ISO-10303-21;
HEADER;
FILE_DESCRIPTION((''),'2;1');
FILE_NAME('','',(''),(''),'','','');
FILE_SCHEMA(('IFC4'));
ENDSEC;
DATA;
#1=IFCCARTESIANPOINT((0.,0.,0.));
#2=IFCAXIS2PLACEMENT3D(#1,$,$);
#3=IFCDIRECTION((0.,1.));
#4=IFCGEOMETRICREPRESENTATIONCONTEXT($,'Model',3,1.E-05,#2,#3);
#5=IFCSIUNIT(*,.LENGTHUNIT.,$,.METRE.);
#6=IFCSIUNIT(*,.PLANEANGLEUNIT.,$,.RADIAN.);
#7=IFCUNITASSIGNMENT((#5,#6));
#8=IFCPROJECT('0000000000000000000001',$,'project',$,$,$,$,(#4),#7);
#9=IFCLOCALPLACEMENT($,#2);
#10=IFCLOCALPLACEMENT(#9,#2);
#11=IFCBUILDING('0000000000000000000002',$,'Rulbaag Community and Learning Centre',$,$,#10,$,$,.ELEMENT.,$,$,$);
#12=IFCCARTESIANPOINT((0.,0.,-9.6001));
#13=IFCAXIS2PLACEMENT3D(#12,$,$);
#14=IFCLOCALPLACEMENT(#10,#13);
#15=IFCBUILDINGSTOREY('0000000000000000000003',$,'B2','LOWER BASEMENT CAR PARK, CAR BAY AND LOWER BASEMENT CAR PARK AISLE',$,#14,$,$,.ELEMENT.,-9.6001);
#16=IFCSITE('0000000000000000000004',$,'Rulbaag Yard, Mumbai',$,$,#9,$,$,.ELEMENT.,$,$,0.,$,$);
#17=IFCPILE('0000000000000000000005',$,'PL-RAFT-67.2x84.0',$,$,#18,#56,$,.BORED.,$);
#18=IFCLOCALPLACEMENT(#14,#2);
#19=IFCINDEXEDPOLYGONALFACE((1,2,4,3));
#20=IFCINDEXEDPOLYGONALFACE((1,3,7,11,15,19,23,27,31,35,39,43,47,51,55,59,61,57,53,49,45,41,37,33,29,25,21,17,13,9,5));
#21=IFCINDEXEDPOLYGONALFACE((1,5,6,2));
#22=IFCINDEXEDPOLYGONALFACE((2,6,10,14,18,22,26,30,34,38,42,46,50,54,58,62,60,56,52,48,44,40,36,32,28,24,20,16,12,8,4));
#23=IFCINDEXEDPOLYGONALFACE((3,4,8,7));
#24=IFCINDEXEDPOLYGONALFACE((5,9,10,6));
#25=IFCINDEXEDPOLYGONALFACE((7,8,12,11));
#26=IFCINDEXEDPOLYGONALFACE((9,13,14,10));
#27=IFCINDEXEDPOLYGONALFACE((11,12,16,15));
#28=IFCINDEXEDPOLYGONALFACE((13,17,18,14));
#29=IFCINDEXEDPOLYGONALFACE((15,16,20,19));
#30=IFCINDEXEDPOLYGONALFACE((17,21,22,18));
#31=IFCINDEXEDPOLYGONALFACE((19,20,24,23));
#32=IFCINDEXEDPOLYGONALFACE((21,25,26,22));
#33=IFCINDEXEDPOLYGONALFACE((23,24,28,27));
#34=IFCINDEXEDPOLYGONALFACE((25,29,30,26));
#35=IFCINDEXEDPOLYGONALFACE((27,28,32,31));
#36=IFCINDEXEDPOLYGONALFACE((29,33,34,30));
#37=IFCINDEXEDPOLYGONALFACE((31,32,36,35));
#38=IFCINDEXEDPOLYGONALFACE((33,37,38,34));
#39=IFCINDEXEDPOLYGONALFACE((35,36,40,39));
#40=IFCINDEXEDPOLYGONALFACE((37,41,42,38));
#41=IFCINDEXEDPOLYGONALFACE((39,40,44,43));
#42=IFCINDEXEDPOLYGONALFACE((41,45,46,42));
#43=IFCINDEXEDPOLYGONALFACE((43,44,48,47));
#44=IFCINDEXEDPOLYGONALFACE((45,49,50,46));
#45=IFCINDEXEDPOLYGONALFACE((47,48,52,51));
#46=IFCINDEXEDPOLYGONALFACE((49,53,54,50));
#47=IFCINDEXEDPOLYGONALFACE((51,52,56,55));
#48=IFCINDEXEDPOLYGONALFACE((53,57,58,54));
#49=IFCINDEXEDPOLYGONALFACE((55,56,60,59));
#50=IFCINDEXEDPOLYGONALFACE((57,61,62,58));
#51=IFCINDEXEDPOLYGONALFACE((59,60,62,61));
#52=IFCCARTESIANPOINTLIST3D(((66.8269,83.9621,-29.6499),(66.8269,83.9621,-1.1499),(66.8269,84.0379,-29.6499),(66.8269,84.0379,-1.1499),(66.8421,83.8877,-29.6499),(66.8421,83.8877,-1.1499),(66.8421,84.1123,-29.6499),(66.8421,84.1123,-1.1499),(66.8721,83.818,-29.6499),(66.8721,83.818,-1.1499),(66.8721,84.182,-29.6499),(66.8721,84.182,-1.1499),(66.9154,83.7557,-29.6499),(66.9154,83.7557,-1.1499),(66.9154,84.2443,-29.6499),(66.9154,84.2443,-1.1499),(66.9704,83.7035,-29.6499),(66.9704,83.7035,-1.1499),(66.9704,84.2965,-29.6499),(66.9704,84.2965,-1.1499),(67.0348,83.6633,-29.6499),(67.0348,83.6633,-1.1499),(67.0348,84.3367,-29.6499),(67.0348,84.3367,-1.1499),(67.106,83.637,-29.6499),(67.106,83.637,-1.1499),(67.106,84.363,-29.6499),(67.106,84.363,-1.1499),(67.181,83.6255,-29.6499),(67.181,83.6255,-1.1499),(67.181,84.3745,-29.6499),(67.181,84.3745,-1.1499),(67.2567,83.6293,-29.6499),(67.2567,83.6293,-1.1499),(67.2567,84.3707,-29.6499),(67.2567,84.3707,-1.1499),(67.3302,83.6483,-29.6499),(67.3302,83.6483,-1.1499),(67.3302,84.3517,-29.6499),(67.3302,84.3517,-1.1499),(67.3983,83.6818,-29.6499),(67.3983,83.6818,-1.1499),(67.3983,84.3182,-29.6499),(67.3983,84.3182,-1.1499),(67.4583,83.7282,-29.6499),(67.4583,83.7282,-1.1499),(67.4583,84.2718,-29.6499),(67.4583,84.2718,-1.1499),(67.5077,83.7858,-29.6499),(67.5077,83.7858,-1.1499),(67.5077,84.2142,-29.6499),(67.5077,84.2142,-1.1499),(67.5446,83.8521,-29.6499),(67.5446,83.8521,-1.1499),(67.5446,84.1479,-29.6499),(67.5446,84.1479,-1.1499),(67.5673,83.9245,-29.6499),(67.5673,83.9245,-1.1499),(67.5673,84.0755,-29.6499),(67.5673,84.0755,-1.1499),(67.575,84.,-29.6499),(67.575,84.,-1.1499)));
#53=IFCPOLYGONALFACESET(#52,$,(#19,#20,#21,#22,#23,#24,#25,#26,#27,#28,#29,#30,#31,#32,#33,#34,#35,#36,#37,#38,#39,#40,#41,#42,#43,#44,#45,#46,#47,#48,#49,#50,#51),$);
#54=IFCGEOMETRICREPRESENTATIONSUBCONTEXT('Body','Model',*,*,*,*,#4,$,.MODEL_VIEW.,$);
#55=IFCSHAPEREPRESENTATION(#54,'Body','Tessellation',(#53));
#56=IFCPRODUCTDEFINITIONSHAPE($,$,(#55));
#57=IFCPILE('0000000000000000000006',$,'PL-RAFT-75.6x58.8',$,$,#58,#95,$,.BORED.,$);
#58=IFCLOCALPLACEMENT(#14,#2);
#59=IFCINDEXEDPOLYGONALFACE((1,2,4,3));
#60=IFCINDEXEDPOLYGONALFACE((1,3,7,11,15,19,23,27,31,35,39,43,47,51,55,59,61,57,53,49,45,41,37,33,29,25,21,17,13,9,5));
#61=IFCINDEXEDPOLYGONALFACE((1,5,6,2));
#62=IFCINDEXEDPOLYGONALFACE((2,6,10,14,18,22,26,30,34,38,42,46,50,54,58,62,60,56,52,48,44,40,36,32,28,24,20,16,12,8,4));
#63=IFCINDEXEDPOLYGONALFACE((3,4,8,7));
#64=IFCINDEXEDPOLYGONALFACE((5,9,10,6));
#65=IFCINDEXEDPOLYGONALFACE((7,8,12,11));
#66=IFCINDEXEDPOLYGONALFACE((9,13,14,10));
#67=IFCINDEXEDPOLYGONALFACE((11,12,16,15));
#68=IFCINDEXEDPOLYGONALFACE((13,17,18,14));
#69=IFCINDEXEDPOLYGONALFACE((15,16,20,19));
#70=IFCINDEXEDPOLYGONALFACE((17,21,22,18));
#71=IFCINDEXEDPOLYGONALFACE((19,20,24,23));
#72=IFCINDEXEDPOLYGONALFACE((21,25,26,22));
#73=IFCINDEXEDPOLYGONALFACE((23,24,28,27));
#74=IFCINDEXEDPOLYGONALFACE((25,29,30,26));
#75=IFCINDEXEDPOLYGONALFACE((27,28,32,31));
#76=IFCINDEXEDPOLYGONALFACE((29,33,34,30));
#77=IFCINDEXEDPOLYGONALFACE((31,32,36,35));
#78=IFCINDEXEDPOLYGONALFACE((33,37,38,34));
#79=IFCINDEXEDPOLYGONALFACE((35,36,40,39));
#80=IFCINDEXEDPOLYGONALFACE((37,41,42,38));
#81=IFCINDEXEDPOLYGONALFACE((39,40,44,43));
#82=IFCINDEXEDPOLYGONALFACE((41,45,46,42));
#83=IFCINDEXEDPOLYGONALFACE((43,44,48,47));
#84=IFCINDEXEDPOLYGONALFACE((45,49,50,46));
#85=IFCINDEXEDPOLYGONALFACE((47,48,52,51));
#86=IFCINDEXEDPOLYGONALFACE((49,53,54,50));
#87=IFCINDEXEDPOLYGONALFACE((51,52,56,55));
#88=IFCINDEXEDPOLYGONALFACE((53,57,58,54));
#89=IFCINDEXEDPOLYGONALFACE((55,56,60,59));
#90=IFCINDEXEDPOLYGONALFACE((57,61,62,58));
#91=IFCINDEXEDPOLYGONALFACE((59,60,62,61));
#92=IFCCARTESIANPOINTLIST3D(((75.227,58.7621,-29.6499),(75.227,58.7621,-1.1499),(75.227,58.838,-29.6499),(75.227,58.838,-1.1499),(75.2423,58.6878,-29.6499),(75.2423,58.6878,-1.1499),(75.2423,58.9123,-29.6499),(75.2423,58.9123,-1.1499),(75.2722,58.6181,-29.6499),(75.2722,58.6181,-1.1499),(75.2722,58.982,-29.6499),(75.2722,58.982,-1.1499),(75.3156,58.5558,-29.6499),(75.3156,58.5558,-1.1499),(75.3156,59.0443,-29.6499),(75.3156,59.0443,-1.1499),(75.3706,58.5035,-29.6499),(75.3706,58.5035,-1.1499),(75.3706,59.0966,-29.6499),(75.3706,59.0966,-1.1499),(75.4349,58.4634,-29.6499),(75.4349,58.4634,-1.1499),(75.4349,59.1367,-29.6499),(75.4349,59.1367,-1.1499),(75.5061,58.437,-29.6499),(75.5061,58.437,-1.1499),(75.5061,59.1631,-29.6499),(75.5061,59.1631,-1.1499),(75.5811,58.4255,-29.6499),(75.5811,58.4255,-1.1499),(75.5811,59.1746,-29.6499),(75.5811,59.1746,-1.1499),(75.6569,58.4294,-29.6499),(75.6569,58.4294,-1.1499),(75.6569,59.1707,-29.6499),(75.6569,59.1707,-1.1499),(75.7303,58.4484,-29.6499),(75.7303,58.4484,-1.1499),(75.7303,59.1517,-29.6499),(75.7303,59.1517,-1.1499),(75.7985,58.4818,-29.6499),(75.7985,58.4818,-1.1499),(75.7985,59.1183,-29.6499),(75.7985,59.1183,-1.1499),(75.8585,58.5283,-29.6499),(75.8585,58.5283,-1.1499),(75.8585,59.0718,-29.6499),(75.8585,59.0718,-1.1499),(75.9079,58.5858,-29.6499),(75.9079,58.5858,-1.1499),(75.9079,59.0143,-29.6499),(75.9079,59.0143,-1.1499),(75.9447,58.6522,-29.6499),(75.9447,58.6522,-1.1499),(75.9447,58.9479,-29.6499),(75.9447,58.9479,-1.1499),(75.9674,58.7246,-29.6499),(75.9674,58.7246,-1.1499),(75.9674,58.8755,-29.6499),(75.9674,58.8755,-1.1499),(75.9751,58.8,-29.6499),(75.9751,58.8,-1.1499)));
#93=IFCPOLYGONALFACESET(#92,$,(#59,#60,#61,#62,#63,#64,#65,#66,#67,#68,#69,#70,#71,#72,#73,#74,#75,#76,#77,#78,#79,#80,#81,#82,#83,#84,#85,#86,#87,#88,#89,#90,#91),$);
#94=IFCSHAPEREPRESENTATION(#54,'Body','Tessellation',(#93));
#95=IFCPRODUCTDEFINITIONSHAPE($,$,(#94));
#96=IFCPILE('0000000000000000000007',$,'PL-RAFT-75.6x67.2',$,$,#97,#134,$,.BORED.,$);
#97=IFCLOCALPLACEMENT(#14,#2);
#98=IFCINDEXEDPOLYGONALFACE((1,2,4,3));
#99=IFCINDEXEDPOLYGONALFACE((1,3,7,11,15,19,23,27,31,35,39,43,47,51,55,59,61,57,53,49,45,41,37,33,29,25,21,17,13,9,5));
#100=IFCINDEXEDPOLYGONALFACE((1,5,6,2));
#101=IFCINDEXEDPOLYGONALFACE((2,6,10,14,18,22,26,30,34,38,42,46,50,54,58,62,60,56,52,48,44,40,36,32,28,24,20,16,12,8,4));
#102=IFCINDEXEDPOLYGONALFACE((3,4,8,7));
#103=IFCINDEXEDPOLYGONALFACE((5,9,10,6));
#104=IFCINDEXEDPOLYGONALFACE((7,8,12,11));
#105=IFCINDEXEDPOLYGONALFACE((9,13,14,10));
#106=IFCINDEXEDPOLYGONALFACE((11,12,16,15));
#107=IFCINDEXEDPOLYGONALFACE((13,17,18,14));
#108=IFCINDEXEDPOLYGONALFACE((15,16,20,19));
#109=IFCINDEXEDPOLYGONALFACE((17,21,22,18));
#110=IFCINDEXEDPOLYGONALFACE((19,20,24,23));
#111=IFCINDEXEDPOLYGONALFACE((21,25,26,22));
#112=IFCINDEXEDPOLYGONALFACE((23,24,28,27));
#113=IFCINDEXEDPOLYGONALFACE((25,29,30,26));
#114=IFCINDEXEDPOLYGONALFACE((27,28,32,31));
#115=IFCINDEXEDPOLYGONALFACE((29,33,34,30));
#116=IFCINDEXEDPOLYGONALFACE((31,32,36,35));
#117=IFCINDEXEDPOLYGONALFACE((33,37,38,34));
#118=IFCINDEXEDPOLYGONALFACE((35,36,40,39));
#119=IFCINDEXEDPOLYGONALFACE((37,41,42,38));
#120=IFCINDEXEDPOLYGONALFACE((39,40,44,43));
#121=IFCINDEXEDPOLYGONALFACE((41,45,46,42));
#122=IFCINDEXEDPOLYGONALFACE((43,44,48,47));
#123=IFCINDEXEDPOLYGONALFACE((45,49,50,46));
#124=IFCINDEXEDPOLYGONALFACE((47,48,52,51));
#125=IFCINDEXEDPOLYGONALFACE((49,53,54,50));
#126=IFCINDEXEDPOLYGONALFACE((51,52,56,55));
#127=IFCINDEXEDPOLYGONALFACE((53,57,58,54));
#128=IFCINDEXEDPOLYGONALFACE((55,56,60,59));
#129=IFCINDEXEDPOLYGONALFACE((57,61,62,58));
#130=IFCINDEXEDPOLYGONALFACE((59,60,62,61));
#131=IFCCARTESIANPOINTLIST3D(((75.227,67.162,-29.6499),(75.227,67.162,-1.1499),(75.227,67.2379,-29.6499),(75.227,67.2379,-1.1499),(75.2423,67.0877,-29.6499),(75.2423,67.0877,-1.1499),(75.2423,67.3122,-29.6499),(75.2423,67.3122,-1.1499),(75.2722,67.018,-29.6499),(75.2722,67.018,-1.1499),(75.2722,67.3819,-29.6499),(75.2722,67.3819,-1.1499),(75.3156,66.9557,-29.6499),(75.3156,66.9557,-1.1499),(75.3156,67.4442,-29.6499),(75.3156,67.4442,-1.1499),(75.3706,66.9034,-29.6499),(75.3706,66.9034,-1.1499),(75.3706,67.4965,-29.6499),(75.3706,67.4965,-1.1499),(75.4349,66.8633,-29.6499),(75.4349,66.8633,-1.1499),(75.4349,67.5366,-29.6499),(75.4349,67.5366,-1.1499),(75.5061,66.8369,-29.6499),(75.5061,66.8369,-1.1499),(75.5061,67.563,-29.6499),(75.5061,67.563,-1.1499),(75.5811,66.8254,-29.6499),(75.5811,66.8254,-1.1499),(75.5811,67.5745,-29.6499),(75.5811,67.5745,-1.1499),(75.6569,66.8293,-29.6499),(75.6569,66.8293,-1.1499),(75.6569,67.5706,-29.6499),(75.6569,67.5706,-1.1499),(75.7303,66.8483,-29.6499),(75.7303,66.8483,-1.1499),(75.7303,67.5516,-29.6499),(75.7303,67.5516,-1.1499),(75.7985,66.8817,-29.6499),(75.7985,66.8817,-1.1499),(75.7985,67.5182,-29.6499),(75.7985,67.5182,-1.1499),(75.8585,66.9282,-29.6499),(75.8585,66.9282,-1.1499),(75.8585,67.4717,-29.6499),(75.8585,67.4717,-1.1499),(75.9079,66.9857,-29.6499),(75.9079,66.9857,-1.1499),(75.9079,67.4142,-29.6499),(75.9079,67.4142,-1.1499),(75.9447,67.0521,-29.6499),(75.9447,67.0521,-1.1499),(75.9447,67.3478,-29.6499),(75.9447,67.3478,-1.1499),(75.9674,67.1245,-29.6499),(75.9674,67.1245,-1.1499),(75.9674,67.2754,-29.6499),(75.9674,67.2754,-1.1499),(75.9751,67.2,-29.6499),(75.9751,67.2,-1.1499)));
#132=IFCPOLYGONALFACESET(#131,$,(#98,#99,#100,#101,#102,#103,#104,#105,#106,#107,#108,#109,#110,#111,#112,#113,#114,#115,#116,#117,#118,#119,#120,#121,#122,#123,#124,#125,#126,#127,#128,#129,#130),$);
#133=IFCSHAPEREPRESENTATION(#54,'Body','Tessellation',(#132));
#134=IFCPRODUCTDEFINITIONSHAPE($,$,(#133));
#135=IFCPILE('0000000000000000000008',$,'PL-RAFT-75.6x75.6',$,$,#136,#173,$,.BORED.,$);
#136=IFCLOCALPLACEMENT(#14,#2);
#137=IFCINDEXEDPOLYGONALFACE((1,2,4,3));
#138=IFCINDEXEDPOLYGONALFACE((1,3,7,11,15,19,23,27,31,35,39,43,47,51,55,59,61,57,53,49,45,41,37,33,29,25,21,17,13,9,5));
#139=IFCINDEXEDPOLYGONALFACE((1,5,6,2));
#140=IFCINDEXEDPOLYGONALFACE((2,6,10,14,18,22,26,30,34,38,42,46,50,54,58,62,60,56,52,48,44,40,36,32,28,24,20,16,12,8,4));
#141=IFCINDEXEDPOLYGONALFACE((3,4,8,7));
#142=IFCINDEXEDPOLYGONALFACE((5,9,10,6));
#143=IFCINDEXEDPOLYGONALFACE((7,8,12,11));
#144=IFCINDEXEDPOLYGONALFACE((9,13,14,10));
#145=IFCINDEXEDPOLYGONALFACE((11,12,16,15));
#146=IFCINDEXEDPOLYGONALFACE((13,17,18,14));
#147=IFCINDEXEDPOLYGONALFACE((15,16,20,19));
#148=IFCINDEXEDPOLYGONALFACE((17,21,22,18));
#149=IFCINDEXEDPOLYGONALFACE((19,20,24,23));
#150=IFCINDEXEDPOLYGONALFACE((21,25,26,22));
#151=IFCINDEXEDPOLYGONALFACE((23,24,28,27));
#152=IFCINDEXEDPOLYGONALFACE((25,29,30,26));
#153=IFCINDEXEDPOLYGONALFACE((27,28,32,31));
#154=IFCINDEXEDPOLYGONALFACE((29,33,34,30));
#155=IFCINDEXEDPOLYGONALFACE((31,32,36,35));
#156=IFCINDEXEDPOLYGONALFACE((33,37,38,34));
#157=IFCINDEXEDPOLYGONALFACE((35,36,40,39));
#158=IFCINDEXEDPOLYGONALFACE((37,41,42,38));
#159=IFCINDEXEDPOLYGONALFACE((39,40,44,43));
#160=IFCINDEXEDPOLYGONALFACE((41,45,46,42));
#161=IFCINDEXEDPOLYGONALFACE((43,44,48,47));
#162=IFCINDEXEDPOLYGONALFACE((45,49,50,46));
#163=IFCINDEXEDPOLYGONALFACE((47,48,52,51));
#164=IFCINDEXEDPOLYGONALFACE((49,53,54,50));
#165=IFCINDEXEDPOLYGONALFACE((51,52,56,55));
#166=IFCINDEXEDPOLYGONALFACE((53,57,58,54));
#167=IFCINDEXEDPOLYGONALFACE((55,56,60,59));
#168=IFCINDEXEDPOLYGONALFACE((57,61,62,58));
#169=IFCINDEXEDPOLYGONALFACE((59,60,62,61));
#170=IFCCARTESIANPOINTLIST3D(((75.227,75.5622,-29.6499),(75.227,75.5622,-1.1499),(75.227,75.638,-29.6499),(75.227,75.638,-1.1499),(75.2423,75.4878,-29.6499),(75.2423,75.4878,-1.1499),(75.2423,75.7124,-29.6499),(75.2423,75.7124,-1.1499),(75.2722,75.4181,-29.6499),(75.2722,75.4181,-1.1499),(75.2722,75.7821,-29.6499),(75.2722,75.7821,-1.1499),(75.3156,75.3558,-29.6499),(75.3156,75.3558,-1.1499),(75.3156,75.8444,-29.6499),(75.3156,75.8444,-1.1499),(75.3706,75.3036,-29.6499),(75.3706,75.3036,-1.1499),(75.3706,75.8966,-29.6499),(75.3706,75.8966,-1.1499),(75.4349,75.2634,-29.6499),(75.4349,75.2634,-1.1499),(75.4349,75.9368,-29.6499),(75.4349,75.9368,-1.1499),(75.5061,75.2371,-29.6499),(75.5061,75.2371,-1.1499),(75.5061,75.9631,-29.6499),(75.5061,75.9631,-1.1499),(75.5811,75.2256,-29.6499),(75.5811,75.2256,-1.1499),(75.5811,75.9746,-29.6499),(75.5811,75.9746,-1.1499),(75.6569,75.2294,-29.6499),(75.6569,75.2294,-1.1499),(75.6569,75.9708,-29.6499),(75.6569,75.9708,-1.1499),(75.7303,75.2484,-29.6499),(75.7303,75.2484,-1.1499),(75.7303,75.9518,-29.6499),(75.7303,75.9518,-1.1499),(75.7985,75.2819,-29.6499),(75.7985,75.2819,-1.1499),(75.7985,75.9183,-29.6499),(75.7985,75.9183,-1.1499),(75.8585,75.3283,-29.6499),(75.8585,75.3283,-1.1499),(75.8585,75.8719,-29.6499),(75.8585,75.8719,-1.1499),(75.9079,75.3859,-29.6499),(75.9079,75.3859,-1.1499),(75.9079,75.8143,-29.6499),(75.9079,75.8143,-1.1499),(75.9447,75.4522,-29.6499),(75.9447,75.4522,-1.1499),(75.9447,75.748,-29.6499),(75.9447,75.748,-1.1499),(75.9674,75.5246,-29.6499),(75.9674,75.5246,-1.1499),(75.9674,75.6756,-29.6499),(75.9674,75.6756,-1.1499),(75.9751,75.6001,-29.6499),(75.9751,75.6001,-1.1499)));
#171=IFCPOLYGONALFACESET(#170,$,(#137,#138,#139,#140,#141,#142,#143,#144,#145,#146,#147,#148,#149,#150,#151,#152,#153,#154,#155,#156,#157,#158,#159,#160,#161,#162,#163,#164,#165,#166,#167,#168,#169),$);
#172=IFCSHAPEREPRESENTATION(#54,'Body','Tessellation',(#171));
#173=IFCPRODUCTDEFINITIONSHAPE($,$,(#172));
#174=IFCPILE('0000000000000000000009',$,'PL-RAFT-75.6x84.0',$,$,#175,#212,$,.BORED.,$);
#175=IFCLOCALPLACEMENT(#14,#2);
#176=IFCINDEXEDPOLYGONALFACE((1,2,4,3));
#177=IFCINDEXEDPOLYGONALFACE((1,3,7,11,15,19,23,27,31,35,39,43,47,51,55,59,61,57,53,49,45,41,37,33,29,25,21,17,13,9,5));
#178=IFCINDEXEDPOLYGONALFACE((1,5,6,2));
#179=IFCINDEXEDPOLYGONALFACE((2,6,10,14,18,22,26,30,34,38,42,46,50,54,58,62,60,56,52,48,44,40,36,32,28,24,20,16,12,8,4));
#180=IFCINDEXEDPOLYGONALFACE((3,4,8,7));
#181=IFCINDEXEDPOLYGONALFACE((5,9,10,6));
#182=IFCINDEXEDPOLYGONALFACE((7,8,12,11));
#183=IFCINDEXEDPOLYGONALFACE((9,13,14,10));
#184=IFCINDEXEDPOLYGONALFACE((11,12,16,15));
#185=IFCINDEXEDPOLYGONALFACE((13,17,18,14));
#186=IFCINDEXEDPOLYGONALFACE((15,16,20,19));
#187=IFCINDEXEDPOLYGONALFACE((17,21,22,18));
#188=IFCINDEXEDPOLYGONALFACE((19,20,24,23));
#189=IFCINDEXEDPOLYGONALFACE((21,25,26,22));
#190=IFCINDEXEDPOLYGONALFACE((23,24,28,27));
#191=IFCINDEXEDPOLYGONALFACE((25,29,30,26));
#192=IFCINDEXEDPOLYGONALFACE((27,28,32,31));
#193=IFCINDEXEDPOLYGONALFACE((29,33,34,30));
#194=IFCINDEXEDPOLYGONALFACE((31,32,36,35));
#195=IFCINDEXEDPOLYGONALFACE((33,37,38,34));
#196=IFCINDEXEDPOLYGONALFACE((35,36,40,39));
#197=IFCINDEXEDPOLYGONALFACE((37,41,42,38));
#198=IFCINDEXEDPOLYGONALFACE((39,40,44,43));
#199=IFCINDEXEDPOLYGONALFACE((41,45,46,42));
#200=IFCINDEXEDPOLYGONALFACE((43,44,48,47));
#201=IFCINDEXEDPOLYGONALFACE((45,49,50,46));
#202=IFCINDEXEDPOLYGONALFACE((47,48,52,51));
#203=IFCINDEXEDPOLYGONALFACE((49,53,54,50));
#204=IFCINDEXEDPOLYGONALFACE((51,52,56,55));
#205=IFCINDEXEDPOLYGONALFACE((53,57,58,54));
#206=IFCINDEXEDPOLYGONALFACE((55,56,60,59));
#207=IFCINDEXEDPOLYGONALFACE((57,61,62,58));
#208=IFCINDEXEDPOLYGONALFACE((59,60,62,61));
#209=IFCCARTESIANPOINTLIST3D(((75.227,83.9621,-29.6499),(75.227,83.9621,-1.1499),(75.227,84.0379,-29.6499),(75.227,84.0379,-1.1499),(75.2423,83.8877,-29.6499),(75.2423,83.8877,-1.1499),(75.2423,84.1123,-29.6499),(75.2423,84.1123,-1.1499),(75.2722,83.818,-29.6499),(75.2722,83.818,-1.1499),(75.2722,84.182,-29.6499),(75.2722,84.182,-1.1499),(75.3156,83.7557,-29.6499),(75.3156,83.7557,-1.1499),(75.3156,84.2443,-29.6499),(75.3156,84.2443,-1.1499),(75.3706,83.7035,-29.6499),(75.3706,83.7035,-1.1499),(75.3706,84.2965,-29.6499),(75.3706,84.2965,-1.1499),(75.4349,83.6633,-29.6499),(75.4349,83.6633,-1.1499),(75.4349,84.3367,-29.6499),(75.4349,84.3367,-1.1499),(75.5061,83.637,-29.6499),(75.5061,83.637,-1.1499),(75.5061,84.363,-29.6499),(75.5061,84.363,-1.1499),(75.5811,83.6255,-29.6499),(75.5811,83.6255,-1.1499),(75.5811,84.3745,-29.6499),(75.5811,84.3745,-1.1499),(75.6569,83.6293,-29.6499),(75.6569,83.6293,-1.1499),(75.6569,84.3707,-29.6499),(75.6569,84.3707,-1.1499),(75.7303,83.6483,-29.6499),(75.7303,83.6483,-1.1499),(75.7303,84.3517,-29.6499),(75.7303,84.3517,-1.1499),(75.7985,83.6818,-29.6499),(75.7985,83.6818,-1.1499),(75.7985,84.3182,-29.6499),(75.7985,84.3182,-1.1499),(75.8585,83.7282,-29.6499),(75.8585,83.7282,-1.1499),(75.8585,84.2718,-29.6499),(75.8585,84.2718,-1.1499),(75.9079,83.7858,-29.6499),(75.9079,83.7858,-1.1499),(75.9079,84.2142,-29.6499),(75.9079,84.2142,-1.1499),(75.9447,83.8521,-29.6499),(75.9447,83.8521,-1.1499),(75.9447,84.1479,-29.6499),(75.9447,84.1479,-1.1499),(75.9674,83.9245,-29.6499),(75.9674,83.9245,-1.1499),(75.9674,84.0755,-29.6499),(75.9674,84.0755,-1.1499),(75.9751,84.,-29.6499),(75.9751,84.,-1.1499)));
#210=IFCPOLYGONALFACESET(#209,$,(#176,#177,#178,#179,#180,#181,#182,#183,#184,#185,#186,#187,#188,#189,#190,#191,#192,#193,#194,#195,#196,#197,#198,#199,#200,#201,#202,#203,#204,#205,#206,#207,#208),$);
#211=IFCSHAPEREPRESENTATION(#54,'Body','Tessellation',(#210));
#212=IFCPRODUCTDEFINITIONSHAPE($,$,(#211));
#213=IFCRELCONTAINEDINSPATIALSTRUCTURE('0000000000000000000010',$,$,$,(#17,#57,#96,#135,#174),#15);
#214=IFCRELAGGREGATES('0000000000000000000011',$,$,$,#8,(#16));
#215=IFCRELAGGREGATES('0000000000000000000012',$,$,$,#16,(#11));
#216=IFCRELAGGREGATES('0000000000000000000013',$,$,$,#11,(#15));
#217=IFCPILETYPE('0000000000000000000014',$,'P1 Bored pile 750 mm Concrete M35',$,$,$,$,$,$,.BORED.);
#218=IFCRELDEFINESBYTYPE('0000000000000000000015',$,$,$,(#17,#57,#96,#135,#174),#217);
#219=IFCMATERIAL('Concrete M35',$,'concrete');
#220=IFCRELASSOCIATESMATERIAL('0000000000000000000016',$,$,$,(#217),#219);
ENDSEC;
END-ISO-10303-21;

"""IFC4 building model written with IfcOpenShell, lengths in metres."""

from ifc_helpers import new_model, si_unit, direction, frame, origin, origin_2d, place, context, subcontext, project, spatial, circle, extrude, material, material_profile, profile_set, type_object, element, save


model = new_model("IFC4")

# Units and contexts
model_context = context("Model", 3, precision=1e-05, world=origin(), true_north=direction((0.0, 1.0)))
body_context = subcontext(model_context, "Body", "Model", "MODEL_VIEW")
ifc_project = project(units=[si_unit("LENGTHUNIT", "METRE"), si_unit("PLANEANGLEUNIT", "RADIAN")], contexts=[model_context])

# Site, building, storey
site_placement = place(None, origin())
site = spatial("IfcSite", under=ifc_project, at=site_placement, Name="Rulbaag Yard, Mumbai", CompositionType="ELEMENT", RefElevation=0.0)
building_placement = place(site_placement, origin())
building = spatial("IfcBuilding", under=site, at=building_placement, Name="Rulbaag Community and Learning Centre", CompositionType="ELEMENT")
storey_placement = place(building_placement, frame((0.0, 0.0, -9.6001)))
storey = spatial("IfcBuildingStorey", under=building, at=storey_placement, Name="B2", Description="LOWER BASEMENT CAR PARK, CAR BAY AND LOWER BASEMENT CAR PARK AISLE", CompositionType="ELEMENT", Elevation=-9.6001)

# Piles
ifc_material_1 = material(Name="Concrete M35", Category="concrete")
ifc_material_profile_1 = material_profile(ifc_material_1, circle(Radius=0.375, at=origin_2d()), Name="BP750")
ifc_profile_set_1 = profile_set([ifc_material_profile_1], Name="Concrete M35")
pile_type_1 = type_object("IfcPileType", Name="P1 Bored pile 750 mm Concrete M35", PredefinedType="BORED", material=ifc_profile_set_1)
for number, where, z_axis, x_axis, name in (
    (1, (67.2, 84.0, -1.1499), (0.0, 0.0, -1.0), (1.0, 0.0, 0.0), "PL-RAFT-67.2x84.0"),
    (2, (75.6001, 58.8, -1.1499), (0.0, 0.0, -1.0), (1.0, 0.0, 0.0), "PL-RAFT-75.6x58.8"),
    (3, (75.6001, 67.2, -1.1499), (0.0, 0.0, -1.0), (1.0, 0.0, 0.0), "PL-RAFT-75.6x67.2"),
    (4, (75.6001, 75.6001, -1.1499), (0.0, 0.0, -1.0), (1.0, 0.0, 0.0), "PL-RAFT-75.6x75.6"),
    (5, (75.6001, 84.0, -1.1499), (0.0, 0.0, -1.0), (1.0, 0.0, 0.0), "PL-RAFT-75.6x84.0"),
):
    element("IfcPile", number, at=place(storey_placement, frame(where, z_axis=z_axis, x_axis=x_axis)), inside=storey, type_object=pile_type_1, Name=name, PredefinedType="BORED", context=body_context, shape_type="SweptSolid", body=[
        extrude(circle(Radius=0.375, at=origin_2d()), origin(), (0.0, 0.0, 1.0), 28.5),
    ])

save(model, "model.ifc")
